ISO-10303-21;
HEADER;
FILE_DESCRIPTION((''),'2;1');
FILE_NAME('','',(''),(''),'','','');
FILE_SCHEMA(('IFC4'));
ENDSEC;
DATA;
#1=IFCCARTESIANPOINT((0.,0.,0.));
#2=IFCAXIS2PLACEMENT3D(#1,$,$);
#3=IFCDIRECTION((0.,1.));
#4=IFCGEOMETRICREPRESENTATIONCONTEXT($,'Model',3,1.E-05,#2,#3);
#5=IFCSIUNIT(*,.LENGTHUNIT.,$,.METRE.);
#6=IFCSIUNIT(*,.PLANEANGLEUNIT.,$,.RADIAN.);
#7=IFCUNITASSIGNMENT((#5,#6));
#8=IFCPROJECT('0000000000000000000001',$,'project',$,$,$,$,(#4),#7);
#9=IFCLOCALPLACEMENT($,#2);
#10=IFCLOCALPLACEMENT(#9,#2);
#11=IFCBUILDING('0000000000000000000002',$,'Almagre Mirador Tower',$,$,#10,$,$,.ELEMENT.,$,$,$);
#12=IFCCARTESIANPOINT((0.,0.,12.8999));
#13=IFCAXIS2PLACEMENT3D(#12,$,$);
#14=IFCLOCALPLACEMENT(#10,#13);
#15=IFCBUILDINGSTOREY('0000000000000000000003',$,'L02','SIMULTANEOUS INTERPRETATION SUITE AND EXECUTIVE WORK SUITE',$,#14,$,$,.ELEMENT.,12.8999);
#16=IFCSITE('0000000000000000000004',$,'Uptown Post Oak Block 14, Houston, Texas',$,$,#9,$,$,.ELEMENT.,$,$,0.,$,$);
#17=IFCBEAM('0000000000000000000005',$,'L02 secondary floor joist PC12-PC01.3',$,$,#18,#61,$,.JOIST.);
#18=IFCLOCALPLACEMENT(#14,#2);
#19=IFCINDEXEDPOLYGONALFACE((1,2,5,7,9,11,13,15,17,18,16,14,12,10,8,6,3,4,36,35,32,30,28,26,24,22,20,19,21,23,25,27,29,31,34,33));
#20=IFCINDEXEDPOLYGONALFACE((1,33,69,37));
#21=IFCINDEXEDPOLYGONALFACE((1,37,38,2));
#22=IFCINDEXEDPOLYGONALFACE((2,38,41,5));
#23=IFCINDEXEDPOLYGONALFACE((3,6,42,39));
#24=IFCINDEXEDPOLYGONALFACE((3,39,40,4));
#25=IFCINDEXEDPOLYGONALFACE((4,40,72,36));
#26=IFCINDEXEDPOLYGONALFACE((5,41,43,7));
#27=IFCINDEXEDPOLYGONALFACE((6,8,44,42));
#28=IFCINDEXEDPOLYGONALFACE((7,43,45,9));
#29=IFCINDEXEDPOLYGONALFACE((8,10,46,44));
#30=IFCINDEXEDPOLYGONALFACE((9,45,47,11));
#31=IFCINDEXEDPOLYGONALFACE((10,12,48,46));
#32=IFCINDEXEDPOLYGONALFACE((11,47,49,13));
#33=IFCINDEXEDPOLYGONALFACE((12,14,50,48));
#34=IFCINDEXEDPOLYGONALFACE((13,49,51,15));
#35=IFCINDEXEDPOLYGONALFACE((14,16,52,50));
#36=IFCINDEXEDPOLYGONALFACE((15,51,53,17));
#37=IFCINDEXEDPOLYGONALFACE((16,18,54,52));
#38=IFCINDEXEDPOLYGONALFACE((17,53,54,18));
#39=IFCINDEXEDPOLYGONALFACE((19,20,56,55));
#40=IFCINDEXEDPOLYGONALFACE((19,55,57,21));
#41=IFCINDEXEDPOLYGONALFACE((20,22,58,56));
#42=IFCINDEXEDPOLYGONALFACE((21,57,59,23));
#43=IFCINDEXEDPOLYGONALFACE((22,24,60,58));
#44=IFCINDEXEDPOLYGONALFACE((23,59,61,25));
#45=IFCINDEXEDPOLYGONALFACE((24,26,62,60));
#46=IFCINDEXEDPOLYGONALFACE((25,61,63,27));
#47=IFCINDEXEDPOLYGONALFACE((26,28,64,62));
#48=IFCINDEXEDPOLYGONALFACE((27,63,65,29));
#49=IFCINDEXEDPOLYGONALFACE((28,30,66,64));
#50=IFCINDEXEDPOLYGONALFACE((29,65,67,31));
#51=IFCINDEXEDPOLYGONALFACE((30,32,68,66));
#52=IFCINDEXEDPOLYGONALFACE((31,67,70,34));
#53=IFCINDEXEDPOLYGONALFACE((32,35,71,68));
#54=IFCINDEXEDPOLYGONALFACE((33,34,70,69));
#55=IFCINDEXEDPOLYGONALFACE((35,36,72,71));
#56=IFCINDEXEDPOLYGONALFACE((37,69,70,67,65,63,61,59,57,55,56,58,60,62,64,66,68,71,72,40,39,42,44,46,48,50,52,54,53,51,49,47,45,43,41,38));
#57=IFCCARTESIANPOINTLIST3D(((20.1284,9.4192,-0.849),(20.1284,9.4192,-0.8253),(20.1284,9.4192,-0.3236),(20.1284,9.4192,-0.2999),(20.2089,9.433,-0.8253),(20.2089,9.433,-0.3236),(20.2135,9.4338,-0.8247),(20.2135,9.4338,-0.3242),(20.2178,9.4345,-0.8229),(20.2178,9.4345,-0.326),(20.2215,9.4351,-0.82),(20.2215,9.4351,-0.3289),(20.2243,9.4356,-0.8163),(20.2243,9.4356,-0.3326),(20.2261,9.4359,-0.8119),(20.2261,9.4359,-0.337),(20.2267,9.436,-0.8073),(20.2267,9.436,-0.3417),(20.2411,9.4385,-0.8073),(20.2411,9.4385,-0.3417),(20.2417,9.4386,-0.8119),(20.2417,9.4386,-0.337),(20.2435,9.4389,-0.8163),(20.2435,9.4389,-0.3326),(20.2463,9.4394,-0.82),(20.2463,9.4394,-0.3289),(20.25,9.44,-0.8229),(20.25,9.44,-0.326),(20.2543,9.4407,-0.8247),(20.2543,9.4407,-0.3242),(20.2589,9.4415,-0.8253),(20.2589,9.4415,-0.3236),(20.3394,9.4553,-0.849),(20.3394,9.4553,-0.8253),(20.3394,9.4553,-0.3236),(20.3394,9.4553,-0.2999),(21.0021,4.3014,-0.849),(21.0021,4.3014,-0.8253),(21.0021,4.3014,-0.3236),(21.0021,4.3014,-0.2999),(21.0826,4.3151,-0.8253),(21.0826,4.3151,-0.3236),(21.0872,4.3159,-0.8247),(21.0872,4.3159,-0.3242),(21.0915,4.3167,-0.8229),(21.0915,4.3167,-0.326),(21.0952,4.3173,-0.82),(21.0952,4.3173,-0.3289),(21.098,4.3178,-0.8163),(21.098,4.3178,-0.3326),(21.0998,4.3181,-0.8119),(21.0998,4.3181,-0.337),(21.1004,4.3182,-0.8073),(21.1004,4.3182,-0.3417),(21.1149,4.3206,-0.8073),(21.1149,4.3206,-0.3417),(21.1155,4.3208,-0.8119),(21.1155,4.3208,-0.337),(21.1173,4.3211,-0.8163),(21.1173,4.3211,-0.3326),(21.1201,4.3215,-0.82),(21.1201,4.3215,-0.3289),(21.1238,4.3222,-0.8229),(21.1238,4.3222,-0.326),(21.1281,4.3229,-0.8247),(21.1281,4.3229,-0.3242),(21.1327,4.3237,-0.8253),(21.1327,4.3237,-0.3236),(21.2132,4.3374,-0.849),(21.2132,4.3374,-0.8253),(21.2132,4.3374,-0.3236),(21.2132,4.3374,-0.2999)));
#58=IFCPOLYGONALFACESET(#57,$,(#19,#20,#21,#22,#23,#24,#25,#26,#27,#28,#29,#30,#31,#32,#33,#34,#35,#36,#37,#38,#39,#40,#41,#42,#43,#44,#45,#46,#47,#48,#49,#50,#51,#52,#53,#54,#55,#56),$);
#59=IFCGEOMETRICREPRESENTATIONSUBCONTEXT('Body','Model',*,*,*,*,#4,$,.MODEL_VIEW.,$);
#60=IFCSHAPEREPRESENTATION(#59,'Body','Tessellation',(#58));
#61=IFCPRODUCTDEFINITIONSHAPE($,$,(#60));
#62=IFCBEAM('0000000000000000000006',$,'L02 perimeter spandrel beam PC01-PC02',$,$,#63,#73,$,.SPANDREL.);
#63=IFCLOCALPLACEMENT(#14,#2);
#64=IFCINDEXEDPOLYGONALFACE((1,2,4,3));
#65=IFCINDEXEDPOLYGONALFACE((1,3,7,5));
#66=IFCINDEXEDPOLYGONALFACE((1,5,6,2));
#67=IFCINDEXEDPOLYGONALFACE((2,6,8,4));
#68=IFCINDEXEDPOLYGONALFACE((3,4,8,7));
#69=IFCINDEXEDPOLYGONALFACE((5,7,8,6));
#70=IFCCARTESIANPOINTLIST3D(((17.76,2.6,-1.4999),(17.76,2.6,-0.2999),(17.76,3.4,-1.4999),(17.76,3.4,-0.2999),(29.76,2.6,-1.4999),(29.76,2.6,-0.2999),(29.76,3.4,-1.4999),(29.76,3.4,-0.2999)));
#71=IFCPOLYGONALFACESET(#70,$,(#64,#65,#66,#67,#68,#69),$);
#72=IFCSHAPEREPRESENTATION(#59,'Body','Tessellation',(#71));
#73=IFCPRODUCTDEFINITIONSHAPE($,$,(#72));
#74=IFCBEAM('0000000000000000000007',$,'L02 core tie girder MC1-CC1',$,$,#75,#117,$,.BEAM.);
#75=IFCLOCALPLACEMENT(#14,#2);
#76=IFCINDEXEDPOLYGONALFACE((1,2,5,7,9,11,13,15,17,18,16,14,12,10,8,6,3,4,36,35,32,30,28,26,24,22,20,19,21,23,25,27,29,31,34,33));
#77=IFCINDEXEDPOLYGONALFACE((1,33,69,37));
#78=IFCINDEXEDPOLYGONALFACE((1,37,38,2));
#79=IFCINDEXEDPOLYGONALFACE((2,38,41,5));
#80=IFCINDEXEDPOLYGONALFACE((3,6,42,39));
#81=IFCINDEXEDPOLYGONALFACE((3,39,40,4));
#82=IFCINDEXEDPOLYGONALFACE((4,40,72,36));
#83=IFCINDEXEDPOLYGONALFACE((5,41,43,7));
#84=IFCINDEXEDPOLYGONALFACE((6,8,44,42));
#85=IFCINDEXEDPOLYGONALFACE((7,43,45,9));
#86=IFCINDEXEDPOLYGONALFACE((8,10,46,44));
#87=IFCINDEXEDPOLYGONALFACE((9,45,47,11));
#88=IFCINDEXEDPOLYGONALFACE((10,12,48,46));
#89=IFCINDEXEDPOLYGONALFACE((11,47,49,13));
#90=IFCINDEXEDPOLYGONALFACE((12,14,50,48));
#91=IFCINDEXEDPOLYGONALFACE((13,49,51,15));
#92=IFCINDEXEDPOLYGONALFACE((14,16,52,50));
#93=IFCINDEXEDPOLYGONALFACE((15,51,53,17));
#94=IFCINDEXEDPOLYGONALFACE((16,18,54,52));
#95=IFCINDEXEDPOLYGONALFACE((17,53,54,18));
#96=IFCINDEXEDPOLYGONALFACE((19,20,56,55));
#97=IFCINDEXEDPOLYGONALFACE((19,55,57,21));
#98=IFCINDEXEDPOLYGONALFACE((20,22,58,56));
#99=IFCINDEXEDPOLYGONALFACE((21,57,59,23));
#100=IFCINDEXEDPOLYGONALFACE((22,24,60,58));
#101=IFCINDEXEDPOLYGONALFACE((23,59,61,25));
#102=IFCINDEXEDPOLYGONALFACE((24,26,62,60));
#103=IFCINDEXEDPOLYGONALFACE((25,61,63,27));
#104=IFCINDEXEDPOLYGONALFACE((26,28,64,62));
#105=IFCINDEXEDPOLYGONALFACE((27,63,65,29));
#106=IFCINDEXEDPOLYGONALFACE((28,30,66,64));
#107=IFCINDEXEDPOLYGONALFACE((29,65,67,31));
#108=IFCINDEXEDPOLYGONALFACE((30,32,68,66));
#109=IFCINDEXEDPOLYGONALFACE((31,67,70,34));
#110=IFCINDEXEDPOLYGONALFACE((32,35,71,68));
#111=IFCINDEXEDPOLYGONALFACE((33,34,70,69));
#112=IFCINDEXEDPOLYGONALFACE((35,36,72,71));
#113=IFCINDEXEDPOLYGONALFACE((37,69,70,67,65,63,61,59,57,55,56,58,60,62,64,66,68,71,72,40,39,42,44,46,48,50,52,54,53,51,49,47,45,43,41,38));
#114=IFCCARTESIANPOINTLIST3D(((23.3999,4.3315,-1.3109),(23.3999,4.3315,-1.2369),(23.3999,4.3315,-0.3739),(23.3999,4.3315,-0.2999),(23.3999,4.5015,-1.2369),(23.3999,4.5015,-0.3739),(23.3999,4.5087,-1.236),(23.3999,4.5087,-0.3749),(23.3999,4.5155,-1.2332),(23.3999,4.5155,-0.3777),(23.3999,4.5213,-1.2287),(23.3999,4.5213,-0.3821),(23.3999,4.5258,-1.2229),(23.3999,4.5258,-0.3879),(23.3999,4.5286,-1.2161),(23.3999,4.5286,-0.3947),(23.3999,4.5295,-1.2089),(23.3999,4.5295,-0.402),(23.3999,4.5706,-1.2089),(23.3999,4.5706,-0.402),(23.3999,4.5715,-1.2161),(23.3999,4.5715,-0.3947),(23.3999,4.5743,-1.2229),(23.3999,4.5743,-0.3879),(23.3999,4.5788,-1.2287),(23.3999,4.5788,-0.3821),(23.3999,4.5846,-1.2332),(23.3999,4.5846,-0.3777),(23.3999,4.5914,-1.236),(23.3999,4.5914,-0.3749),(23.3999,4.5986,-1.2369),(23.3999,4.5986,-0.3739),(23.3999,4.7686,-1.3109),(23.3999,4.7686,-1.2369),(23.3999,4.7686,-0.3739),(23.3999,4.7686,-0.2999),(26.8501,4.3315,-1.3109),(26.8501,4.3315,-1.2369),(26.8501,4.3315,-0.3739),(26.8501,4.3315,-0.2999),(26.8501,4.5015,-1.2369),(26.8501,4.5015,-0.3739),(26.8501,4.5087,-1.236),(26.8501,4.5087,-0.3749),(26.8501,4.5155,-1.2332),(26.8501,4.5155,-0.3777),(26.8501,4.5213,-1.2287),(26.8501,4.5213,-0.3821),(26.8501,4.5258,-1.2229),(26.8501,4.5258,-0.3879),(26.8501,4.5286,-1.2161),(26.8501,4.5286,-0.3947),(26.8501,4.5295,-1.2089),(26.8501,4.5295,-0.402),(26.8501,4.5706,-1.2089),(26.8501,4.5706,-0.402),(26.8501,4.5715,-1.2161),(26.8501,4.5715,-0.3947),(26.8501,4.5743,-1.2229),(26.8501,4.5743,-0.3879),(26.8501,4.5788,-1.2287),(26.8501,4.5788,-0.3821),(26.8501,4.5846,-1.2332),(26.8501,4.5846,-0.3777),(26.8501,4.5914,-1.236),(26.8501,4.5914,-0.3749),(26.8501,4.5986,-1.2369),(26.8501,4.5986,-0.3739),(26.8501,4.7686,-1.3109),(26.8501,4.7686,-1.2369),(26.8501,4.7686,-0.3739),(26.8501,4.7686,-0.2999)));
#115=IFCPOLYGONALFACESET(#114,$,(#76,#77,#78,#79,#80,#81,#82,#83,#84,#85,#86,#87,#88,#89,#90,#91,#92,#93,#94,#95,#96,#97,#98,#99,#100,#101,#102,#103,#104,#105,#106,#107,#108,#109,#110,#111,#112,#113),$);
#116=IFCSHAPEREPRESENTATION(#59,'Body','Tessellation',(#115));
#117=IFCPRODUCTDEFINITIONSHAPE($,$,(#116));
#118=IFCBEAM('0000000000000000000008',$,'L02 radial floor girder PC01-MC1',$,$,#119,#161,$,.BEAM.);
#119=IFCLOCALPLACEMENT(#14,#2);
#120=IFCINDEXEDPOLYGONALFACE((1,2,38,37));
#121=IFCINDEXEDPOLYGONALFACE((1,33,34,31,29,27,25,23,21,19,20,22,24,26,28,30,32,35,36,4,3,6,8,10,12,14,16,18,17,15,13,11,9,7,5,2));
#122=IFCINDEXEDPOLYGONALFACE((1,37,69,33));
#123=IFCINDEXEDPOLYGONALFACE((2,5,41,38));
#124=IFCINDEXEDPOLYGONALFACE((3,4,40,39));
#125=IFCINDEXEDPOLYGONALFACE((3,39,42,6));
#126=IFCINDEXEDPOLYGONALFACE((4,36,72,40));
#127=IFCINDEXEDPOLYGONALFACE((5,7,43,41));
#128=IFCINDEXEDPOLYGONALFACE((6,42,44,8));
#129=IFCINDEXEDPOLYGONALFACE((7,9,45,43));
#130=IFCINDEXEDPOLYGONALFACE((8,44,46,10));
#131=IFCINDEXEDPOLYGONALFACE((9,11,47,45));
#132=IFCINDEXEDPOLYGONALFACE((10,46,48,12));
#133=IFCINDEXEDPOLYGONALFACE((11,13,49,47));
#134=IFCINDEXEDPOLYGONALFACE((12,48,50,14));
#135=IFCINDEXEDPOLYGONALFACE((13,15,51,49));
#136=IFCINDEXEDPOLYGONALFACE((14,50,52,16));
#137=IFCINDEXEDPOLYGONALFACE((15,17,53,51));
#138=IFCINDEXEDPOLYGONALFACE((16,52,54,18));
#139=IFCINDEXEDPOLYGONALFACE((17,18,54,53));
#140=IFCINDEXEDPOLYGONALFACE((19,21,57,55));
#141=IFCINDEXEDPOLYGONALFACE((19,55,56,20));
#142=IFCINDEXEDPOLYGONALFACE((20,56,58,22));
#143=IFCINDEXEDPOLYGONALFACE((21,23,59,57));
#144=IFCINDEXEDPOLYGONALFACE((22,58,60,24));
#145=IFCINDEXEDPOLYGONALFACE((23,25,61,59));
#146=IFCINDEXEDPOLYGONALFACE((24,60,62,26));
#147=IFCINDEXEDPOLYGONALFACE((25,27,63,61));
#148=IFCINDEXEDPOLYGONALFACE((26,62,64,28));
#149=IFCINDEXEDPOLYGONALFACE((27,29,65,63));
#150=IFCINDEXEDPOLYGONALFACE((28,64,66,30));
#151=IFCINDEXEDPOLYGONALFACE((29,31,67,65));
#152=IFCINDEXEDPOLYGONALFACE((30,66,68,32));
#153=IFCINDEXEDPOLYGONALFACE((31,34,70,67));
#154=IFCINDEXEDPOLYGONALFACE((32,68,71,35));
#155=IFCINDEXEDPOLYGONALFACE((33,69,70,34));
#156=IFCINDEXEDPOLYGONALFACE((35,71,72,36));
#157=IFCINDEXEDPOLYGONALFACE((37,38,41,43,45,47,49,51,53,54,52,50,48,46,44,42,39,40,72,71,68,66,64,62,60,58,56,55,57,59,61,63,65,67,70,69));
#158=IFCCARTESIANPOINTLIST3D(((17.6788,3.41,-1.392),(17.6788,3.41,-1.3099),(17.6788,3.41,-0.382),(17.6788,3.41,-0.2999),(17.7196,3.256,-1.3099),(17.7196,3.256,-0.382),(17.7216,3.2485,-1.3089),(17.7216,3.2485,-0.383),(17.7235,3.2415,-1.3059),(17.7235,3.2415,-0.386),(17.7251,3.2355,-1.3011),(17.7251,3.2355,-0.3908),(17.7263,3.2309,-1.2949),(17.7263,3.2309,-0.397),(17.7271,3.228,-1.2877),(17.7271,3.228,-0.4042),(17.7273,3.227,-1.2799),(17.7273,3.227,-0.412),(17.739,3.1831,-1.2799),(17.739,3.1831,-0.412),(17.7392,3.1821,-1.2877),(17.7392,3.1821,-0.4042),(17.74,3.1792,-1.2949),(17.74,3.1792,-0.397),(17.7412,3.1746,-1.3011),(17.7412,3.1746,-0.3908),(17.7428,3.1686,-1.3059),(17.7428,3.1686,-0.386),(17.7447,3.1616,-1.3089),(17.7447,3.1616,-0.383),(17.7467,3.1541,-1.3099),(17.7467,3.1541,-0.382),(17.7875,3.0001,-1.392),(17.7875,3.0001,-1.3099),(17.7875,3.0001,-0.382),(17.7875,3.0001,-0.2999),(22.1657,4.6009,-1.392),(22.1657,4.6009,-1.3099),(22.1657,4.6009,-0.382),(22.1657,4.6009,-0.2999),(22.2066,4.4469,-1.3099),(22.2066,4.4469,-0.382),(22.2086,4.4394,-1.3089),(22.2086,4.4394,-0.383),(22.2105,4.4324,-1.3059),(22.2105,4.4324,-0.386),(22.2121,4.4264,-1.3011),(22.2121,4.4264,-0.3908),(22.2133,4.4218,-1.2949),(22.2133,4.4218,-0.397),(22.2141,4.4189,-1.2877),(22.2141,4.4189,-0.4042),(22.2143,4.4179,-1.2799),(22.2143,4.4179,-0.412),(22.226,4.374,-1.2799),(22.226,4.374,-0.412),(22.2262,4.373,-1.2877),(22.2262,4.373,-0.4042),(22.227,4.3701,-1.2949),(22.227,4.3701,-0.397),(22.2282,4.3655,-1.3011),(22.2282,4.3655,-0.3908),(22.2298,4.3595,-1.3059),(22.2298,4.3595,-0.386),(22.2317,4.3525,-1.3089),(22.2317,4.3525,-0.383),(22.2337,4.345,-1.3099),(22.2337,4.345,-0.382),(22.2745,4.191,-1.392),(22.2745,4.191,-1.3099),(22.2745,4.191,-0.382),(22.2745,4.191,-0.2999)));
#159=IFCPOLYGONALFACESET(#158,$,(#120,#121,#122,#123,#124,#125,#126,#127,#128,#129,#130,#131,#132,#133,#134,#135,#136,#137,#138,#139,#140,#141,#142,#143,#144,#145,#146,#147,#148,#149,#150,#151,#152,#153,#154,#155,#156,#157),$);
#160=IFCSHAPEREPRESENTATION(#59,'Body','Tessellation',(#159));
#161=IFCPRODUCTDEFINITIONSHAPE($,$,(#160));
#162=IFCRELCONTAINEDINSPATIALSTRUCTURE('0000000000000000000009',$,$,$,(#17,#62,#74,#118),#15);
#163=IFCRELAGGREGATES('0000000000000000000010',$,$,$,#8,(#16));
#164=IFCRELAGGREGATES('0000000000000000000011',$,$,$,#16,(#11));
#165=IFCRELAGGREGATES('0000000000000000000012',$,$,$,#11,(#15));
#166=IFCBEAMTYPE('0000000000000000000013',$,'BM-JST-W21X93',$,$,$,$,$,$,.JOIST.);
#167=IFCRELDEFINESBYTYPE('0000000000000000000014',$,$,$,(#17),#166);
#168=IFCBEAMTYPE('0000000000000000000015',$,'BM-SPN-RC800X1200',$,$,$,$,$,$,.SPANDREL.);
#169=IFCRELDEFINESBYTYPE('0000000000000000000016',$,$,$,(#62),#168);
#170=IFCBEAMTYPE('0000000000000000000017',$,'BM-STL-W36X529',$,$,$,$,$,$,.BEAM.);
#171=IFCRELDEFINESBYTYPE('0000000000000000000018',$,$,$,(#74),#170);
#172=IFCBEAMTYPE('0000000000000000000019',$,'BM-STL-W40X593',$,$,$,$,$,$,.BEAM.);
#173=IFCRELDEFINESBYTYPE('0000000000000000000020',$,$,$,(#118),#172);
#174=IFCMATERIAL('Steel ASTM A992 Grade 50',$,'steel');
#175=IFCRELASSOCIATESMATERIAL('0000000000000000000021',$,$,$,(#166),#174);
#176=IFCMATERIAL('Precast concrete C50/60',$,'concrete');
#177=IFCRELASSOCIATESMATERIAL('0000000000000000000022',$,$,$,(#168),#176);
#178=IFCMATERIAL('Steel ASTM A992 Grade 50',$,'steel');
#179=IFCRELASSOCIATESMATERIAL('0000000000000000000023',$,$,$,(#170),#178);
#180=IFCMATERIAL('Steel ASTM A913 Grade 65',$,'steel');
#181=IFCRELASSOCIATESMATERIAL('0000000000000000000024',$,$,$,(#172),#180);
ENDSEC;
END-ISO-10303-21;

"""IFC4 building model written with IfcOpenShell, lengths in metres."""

from ifc_helpers import new_model, si_unit, direction, frame, origin, origin_2d, place, context, subcontext, project, spatial, rectangle, i_section, extrude, material, material_profile, profile_set, type_object, element, save


model = new_model("IFC4")

# Units and contexts
model_context = context("Model", 3, precision=1e-05, world=origin(), true_north=direction((0.0, 1.0)))
body_context = subcontext(model_context, "Body", "Model", "MODEL_VIEW")
ifc_project = project(units=[si_unit("LENGTHUNIT", "METRE"), si_unit("PLANEANGLEUNIT", "RADIAN")], contexts=[model_context])

# Site, building, storey
site_placement = place(None, origin())
site = spatial("IfcSite", under=ifc_project, at=site_placement, Name="Uptown Post Oak Block 14, Houston, Texas", CompositionType="ELEMENT", RefElevation=0.0)
building_placement = place(site_placement, origin())
building = spatial("IfcBuilding", under=site, at=building_placement, Name="Almagre Mirador Tower", CompositionType="ELEMENT")
storey_placement = place(building_placement, frame((0.0, 0.0, 12.8999)))
storey = spatial("IfcBuildingStorey", under=building, at=storey_placement, Name="L02", Description="SIMULTANEOUS INTERPRETATION SUITE AND EXECUTIVE WORK SUITE", CompositionType="ELEMENT", Elevation=12.8999)

# Beams
ifc_material_1 = material(Name="Steel ASTM A992 Grade 50", Category="steel")
ifc_material_profile_1 = material_profile(ifc_material_1, i_section(OverallWidth=0.2141, OverallDepth=0.5491, WebThickness=0.0146, FlangeThickness=0.0237, FilletRadius=0.0181, at=origin_2d()), Name="W21X93")
ifc_profile_set_1 = profile_set([ifc_material_profile_1], Name="Steel ASTM A992 Grade 50")
beam_type_1 = type_object("IfcBeamType", Name="BM-JST-W21X93", PredefinedType="JOIST", material=ifc_profile_set_1)
beam_1_placement = place(storey_placement, frame((20.2339, 9.4373, -0.5745), z_axis=(0.168294, -0.985737, 0.0), x_axis=(0.985737, 0.168294, 0.0)))
element("IfcBeam", 1, at=beam_1_placement, inside=storey, type_object=beam_type_1, Name="L02 secondary floor joist PC12-PC01.3", PredefinedType="JOIST", context=body_context, shape_type="SweptSolid", body=[
    extrude(i_section(OverallWidth=0.2141, OverallDepth=0.5491, WebThickness=0.0146, FlangeThickness=0.0237, FilletRadius=0.0181, at=origin_2d()), origin(), (0.0, 0.0, 1.0), 5.1919),
])
ifc_material_2 = material(Name="Precast concrete C50/60", Category="concrete")
ifc_material_profile_2 = material_profile(ifc_material_2, rectangle(XDim=0.8, YDim=1.2, at=origin_2d()), Name="RC800X1200")
ifc_profile_set_2 = profile_set([ifc_material_profile_2], Name="Precast concrete C50/60")
beam_type_2 = type_object("IfcBeamType", Name="BM-SPN-RC800X1200", PredefinedType="SPANDREL", material=ifc_profile_set_2)
beam_2_placement = place(storey_placement, frame((17.76, 3.0, -0.8999), z_axis=(1.0, 0.0, 0.0), x_axis=(0.0, 1.0, 0.0)))
element("IfcBeam", 2, at=beam_2_placement, inside=storey, type_object=beam_type_2, Name="L02 perimeter spandrel beam PC01-PC02", PredefinedType="SPANDREL", context=body_context, shape_type="SweptSolid", body=[
    extrude(rectangle(XDim=0.8, YDim=1.2, at=origin_2d()), origin(), (0.0, 0.0, 1.0), 12.0),
])
ifc_material_3 = material(Name="Steel ASTM A992 Grade 50", Category="steel")
ifc_material_profile_3 = material_profile(ifc_material_3, i_section(OverallWidth=0.437, OverallDepth=1.011, WebThickness=0.041, FlangeThickness=0.074, FilletRadius=0.0281, at=origin_2d()), Name="W36X529")
ifc_profile_set_3 = profile_set([ifc_material_profile_3], Name="Steel ASTM A992 Grade 50")
beam_type_3 = type_object("IfcBeamType", Name="BM-STL-W36X529", PredefinedType="BEAM", material=ifc_profile_set_3)
beam_3_placement = place(storey_placement, frame((23.3999, 4.55, -0.8054), z_axis=(1.0, 0.0, 0.0), x_axis=(0.0, 1.0, 0.0)))
element("IfcBeam", 3, at=beam_3_placement, inside=storey, type_object=beam_type_3, Name="L02 core tie girder MC1-CC1", PredefinedType="BEAM", context=body_context, shape_type="SweptSolid", body=[
    extrude(i_section(OverallWidth=0.437, OverallDepth=1.011, WebThickness=0.041, FlangeThickness=0.074, FilletRadius=0.0281, at=origin_2d()), origin(), (0.0, 0.0, 1.0), 3.4502),
])
ifc_material_4 = material(Name="Steel ASTM A913 Grade 65", Category="steel")
ifc_material_profile_4 = material_profile(ifc_material_4, i_section(OverallWidth=0.4241, OverallDepth=1.092, WebThickness=0.0454, FlangeThickness=0.082, FilletRadius=0.03, at=origin_2d()), Name="W40X593")
ifc_profile_set_4 = profile_set([ifc_material_profile_4], Name="Steel ASTM A913 Grade 65")
beam_type_4 = type_object("IfcBeamType", Name="BM-STL-W40X593", PredefinedType="BEAM", material=ifc_profile_set_4)
beam_4_placement = place(storey_placement, frame((17.7332, 3.2051, -0.8459), z_axis=(0.966536, 0.25653, 0.0), x_axis=(-0.25653, 0.966536, 0.0)))
element("IfcBeam", 4, at=beam_4_placement, inside=storey, type_object=beam_type_4, Name="L02 radial floor girder PC01-MC1", PredefinedType="BEAM", context=body_context, shape_type="SweptSolid", body=[
    extrude(i_section(OverallWidth=0.4241, OverallDepth=1.092, WebThickness=0.0454, FlangeThickness=0.082, FilletRadius=0.03, at=origin_2d()), origin(), (0.0, 0.0, 1.0), 4.6423),
])

save(model, "model.ifc")
